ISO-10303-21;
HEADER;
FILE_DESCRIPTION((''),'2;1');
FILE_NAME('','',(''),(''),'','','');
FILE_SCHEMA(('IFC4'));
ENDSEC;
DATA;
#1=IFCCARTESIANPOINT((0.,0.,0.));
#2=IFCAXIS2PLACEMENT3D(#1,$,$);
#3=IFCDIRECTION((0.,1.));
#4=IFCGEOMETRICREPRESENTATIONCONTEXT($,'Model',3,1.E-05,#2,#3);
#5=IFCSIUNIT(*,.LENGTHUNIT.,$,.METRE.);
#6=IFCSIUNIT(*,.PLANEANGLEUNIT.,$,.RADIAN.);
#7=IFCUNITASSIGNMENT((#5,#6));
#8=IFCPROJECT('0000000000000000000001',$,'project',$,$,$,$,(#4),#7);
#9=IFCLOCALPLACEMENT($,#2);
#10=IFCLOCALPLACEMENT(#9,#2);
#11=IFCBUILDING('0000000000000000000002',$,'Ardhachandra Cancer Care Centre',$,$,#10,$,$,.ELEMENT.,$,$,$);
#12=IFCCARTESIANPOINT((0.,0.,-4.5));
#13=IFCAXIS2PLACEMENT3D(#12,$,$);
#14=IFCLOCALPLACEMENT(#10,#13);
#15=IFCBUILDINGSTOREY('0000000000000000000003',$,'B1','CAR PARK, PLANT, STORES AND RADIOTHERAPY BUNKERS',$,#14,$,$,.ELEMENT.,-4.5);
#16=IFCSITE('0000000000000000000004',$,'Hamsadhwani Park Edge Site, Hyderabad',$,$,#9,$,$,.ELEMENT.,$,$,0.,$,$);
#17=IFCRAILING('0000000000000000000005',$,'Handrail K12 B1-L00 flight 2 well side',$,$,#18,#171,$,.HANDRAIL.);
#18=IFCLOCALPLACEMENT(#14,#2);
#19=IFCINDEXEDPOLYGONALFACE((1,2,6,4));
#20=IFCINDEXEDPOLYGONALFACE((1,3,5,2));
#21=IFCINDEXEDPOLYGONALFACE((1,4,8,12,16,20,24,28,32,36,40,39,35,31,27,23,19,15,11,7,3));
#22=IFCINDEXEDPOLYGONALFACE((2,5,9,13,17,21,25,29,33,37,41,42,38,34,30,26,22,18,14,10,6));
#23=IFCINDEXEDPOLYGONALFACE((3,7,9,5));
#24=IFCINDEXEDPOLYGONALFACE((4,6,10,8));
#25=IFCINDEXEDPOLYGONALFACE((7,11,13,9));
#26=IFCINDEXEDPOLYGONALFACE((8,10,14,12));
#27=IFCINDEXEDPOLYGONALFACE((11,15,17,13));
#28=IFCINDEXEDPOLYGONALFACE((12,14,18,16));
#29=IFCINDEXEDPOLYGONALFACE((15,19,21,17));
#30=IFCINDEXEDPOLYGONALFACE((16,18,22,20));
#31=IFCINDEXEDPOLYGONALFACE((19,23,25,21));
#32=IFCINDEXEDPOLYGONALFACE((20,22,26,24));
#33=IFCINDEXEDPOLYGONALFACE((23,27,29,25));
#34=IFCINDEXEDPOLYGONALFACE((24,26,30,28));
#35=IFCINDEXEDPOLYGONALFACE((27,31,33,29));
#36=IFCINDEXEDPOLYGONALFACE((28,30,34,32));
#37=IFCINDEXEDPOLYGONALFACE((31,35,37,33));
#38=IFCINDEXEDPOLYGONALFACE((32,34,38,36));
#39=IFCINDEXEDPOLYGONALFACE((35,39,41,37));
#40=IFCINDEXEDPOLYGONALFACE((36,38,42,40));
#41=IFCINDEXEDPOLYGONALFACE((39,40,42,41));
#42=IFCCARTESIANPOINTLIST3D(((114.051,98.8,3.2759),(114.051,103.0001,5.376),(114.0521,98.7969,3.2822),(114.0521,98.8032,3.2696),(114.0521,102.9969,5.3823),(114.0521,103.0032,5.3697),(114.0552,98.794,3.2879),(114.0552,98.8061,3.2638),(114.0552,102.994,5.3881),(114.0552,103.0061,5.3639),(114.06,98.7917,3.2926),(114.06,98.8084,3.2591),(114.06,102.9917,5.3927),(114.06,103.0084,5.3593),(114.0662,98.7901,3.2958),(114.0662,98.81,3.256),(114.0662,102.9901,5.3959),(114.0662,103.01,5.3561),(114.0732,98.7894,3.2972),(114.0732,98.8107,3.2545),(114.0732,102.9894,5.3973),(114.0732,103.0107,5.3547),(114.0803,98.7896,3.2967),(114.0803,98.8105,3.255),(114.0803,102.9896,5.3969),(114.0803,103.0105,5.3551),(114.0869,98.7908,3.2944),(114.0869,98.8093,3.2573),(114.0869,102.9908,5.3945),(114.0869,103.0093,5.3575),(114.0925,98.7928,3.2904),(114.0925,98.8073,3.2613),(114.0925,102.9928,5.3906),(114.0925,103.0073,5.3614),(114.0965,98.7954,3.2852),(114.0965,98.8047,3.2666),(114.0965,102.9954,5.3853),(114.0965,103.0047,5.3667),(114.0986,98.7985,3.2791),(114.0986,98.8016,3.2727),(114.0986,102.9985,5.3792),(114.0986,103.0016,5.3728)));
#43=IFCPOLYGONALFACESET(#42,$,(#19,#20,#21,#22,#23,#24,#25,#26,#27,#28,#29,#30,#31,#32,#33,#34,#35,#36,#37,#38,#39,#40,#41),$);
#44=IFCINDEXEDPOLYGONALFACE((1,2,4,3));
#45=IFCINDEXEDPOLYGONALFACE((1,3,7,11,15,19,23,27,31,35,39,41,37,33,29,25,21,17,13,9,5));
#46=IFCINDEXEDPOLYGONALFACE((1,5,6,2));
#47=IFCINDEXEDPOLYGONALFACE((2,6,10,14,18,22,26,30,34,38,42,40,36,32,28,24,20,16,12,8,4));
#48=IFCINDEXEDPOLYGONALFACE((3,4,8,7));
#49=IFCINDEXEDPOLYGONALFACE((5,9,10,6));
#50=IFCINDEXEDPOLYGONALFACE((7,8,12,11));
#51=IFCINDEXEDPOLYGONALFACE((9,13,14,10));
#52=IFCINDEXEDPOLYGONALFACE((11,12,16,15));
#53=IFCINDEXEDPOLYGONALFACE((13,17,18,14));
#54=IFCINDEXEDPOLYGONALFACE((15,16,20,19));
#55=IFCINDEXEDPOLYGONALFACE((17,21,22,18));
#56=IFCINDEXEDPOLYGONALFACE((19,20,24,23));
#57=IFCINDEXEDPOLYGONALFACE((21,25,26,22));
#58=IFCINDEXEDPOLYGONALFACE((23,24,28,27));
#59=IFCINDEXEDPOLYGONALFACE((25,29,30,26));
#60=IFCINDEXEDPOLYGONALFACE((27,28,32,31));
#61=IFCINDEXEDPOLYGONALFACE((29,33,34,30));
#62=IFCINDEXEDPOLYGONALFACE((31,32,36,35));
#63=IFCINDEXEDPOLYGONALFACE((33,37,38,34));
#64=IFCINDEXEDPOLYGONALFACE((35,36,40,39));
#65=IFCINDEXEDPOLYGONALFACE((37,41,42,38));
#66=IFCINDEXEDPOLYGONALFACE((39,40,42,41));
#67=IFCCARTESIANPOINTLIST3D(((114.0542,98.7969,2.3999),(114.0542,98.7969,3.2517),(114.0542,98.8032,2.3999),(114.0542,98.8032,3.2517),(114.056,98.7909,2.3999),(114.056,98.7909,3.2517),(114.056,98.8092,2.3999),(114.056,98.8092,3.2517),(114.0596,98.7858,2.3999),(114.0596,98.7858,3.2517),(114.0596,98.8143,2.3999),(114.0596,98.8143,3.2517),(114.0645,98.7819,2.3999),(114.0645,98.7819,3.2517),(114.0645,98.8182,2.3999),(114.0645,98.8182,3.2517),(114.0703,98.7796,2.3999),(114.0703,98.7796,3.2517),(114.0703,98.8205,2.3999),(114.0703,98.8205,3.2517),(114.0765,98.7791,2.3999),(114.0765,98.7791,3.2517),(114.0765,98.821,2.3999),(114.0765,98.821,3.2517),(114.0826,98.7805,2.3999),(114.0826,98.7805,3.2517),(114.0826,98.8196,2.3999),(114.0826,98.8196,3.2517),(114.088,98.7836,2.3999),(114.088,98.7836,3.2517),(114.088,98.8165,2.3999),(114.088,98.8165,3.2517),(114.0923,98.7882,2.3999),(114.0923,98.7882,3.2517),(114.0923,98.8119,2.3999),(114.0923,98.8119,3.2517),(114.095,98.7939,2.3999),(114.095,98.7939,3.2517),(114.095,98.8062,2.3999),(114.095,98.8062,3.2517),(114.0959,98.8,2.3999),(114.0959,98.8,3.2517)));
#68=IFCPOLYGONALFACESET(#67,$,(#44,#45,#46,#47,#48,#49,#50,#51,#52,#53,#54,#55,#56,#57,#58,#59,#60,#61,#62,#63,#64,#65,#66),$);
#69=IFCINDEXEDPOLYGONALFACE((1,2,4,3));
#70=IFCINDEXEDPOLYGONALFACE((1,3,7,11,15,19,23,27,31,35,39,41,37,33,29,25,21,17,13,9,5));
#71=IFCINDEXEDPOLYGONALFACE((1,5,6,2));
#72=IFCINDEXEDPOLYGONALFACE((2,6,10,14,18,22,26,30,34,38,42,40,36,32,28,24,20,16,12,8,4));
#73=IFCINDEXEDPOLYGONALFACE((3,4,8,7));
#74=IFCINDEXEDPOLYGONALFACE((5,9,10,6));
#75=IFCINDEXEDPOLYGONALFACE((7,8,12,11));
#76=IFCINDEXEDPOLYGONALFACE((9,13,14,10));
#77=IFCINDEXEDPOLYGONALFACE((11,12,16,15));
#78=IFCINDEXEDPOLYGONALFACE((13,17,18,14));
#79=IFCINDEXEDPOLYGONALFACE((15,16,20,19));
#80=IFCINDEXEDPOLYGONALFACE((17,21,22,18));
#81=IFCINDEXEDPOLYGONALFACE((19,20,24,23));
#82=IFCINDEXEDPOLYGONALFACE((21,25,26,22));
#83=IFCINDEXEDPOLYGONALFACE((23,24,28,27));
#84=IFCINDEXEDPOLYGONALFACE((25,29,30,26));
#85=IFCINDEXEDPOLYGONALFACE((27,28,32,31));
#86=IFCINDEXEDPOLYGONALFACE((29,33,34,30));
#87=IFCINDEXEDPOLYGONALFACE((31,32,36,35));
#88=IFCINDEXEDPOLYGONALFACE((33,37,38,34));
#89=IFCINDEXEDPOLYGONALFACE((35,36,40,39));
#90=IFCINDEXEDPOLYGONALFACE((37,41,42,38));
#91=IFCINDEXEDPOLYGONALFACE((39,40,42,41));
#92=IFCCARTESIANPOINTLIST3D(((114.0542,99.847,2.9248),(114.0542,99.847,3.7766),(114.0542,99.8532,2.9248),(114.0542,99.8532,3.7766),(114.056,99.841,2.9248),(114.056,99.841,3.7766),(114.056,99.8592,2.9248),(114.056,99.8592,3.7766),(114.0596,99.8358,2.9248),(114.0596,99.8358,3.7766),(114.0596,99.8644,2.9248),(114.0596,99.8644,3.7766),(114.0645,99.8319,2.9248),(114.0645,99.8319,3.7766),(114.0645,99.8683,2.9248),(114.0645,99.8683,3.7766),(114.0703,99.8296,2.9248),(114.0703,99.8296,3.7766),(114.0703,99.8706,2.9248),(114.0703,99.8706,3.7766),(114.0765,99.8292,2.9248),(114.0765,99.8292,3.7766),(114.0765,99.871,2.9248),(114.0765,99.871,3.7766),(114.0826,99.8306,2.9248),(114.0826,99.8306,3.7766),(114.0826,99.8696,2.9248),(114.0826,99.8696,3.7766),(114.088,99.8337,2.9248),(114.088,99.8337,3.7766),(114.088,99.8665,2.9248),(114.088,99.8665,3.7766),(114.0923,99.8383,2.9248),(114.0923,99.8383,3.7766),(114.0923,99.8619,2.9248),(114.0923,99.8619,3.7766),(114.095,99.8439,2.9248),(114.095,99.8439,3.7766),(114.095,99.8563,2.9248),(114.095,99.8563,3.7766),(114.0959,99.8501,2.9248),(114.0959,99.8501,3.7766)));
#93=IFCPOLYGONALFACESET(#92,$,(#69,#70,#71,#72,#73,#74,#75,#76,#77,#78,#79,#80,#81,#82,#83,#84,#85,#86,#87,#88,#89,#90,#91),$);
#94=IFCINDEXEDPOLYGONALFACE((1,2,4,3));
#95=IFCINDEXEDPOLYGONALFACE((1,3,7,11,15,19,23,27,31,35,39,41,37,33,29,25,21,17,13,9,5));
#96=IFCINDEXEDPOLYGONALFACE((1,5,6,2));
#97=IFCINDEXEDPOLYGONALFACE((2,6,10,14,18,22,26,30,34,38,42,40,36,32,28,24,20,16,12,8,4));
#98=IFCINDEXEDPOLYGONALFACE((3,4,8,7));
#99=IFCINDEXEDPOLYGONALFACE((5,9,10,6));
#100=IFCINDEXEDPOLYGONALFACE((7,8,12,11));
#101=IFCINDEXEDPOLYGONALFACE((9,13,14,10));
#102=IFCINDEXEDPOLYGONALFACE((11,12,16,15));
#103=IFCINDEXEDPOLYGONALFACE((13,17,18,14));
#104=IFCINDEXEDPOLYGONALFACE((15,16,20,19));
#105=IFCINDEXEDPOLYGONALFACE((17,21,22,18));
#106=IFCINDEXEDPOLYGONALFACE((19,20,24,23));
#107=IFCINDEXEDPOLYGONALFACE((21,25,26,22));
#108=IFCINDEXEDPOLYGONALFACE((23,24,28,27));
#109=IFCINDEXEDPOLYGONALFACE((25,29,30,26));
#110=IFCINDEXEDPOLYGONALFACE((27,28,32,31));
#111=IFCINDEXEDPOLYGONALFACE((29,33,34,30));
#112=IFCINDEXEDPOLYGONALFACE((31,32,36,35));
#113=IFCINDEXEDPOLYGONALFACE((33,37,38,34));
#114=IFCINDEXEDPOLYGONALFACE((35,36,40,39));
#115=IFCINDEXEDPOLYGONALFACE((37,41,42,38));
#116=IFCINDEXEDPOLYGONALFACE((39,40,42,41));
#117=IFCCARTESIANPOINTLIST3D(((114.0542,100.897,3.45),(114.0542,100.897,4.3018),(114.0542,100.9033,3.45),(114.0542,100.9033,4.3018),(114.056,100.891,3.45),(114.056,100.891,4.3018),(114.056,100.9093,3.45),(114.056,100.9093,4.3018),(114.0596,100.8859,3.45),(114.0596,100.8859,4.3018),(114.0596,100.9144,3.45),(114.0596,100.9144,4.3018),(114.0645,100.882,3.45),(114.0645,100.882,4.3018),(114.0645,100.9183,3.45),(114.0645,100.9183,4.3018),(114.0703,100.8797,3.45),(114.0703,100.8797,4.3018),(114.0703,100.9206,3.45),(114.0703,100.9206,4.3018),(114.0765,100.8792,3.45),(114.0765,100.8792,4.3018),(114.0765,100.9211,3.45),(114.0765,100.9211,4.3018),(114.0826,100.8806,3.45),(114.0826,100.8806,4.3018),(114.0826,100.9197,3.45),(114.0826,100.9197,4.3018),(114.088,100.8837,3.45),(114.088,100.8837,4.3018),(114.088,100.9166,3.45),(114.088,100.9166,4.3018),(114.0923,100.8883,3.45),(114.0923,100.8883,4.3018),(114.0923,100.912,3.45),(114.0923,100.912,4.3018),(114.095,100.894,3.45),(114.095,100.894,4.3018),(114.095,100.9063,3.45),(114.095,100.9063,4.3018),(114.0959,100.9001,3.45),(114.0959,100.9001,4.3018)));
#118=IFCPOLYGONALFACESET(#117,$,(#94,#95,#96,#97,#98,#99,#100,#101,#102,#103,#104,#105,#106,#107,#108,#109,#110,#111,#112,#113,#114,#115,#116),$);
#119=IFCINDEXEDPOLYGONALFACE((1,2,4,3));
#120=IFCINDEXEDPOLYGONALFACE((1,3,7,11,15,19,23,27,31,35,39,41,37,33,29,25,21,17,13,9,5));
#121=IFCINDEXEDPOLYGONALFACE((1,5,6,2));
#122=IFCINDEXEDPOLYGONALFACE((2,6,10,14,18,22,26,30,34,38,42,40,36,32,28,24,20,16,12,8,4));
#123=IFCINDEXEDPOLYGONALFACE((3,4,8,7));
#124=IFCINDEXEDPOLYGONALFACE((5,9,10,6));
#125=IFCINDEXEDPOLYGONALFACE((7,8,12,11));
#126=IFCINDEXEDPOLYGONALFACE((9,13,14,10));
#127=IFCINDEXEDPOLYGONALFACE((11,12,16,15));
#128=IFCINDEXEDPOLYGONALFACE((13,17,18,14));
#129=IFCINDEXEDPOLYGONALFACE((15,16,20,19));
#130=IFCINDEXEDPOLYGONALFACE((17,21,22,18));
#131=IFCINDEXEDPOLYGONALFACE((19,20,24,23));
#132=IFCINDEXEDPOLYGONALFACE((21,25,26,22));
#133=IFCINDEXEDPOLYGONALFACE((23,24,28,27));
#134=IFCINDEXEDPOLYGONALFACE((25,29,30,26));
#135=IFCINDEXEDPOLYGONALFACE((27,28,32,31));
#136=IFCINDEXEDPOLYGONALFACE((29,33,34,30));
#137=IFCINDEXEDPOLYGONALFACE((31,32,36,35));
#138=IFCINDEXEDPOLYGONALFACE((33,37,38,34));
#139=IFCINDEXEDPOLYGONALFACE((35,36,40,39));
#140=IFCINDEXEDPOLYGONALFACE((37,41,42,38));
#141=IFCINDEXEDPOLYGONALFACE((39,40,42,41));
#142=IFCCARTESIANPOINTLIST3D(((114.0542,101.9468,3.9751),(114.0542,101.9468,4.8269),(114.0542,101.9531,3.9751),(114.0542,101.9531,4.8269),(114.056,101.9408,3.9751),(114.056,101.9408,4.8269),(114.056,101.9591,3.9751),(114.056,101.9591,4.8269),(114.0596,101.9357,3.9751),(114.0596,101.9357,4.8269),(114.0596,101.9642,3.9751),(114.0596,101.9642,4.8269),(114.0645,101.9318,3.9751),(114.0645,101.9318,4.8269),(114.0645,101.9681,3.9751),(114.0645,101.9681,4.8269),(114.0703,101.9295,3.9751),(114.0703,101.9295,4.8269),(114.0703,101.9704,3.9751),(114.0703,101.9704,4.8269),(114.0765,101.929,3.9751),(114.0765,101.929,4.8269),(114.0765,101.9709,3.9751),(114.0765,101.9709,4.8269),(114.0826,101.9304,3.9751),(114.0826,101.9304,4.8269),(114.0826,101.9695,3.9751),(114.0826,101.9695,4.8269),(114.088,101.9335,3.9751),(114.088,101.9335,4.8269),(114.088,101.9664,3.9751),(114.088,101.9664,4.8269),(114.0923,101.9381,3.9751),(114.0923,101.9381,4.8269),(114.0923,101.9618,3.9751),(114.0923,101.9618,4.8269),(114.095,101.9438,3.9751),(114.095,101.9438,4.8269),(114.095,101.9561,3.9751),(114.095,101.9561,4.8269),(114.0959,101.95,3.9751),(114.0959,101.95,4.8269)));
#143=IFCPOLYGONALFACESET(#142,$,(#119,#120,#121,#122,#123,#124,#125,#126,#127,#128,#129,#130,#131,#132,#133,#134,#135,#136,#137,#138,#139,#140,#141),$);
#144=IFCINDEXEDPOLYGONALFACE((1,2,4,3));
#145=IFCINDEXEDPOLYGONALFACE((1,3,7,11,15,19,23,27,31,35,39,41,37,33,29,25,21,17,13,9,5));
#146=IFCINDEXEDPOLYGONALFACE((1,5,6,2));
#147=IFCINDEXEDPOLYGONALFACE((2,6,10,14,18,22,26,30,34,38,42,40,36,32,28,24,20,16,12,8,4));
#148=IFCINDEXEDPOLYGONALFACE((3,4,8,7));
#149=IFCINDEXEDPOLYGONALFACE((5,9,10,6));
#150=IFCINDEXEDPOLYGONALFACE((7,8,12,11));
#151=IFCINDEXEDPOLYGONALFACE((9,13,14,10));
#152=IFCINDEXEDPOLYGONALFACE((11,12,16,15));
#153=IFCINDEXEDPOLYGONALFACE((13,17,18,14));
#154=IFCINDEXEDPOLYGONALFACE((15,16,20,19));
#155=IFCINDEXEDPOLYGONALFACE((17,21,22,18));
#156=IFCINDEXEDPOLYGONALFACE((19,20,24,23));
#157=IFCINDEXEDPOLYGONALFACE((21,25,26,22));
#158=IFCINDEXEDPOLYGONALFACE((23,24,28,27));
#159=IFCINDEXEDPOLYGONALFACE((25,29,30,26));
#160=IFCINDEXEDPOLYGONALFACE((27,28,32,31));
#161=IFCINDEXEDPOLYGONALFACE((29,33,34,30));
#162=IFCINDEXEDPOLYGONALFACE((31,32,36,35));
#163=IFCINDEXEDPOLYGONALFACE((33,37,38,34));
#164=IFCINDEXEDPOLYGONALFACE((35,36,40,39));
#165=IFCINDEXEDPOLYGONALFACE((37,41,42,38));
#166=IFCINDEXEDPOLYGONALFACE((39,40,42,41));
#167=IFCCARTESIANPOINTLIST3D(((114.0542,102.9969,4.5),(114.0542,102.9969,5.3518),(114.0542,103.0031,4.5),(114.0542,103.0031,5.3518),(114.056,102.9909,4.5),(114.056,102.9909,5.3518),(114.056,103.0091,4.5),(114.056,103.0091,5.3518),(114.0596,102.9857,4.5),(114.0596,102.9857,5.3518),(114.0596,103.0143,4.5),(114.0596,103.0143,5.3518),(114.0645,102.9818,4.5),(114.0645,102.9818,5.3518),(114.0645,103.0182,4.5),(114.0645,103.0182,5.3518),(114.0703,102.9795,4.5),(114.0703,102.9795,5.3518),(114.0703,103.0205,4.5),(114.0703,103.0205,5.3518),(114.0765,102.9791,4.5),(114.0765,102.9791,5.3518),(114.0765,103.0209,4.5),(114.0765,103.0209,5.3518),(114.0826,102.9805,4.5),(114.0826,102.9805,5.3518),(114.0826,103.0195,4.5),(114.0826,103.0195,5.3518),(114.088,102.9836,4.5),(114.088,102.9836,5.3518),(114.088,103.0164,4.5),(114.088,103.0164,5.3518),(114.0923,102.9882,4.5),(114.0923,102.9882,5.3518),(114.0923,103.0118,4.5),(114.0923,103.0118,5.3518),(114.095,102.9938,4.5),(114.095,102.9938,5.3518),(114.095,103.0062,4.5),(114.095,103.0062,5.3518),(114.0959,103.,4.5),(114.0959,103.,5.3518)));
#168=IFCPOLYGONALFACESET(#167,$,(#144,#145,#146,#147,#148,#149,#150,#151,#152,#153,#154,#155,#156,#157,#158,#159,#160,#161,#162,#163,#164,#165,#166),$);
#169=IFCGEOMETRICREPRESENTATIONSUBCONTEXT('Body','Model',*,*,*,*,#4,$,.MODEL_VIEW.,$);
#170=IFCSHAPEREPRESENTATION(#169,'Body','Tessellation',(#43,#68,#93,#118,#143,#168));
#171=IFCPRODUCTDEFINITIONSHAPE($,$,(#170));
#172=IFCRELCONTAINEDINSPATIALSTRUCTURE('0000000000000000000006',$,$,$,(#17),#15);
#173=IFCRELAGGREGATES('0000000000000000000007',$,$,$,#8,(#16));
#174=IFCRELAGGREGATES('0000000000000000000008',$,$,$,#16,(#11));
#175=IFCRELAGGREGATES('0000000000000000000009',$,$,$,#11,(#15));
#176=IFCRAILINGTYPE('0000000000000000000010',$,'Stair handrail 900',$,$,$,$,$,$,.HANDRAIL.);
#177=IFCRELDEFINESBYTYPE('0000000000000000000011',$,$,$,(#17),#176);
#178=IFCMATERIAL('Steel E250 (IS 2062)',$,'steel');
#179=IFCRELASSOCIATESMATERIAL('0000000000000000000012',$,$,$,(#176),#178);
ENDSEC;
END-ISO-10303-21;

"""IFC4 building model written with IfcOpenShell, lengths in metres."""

from ifc_helpers import new_model, si_unit, direction, frame, origin, origin_2d, place, context, subcontext, project, spatial, circle, extrude, material, type_object, element, save


model = new_model("IFC4")

# Units and contexts
model_context = context("Model", 3, precision=1e-05, world=origin(), true_north=direction((0.0, 1.0)))
body_context = subcontext(model_context, "Body", "Model", "MODEL_VIEW")
ifc_project = project(units=[si_unit("LENGTHUNIT", "METRE"), si_unit("PLANEANGLEUNIT", "RADIAN")], contexts=[model_context])

# Site, building, storey
site_placement = place(None, origin())
site = spatial("IfcSite", under=ifc_project, at=site_placement, Name="Hamsadhwani Park Edge Site, Hyderabad", CompositionType="ELEMENT", RefElevation=0.0)
building_placement = place(site_placement, origin())
building = spatial("IfcBuilding", under=site, at=building_placement, Name="Ardhachandra Cancer Care Centre", CompositionType="ELEMENT")
storey_placement = place(building_placement, frame((0.0, 0.0, -4.5)))
storey = spatial("IfcBuildingStorey", under=building, at=storey_placement, Name="B1", Description="CAR PARK, PLANT, STORES AND RADIOTHERAPY BUNKERS", CompositionType="ELEMENT", Elevation=-4.5)

# Railing
ifc_material_1 = material(Name="Steel E250 (IS 2062)", Category="steel")
railing_type = type_object("IfcRailingType", Name="Stair handrail 900", PredefinedType="HANDRAIL", material=ifc_material_1)
for number, where, name in (
    (1, (114.075, 98.8, 2.3999), "Handrail K12 B1-L00 flight 2 well side"),
):
    element("IfcRailing", number, at=place(storey_placement, frame(where)), inside=storey, type_object=railing_type, Name=name, PredefinedType="HANDRAIL", context=body_context, shape_type="SweptSolid", body=[
        extrude(circle(Radius=0.0239, at=origin_2d()), frame((0.0, 0.0, 0.876), z_axis=(0.0, 0.894417, 0.447234), x_axis=(-1.0, 0.0, 0.0)), (0.0, 0.0, 1.0), 4.6958),
        extrude(circle(Radius=0.021, at=origin_2d()), origin(), (0.0, 0.0, 1.0), 0.8518),
        extrude(circle(Radius=0.021, at=origin_2d()), frame((0.0, 1.05, 0.5249)), (0.0, 0.0, 1.0), 0.8518),
        extrude(circle(Radius=0.021, at=origin_2d()), frame((0.0, 2.1001, 1.05)), (0.0, 0.0, 1.0), 0.8518),
        extrude(circle(Radius=0.021, at=origin_2d()), frame((0.0, 3.1499, 1.5752)), (0.0, 0.0, 1.0), 0.8518),
        extrude(circle(Radius=0.021, at=origin_2d()), frame((0.0, 4.2, 2.1001)), (0.0, 0.0, 1.0), 0.8518),
    ])

save(model, "model.ifc")
